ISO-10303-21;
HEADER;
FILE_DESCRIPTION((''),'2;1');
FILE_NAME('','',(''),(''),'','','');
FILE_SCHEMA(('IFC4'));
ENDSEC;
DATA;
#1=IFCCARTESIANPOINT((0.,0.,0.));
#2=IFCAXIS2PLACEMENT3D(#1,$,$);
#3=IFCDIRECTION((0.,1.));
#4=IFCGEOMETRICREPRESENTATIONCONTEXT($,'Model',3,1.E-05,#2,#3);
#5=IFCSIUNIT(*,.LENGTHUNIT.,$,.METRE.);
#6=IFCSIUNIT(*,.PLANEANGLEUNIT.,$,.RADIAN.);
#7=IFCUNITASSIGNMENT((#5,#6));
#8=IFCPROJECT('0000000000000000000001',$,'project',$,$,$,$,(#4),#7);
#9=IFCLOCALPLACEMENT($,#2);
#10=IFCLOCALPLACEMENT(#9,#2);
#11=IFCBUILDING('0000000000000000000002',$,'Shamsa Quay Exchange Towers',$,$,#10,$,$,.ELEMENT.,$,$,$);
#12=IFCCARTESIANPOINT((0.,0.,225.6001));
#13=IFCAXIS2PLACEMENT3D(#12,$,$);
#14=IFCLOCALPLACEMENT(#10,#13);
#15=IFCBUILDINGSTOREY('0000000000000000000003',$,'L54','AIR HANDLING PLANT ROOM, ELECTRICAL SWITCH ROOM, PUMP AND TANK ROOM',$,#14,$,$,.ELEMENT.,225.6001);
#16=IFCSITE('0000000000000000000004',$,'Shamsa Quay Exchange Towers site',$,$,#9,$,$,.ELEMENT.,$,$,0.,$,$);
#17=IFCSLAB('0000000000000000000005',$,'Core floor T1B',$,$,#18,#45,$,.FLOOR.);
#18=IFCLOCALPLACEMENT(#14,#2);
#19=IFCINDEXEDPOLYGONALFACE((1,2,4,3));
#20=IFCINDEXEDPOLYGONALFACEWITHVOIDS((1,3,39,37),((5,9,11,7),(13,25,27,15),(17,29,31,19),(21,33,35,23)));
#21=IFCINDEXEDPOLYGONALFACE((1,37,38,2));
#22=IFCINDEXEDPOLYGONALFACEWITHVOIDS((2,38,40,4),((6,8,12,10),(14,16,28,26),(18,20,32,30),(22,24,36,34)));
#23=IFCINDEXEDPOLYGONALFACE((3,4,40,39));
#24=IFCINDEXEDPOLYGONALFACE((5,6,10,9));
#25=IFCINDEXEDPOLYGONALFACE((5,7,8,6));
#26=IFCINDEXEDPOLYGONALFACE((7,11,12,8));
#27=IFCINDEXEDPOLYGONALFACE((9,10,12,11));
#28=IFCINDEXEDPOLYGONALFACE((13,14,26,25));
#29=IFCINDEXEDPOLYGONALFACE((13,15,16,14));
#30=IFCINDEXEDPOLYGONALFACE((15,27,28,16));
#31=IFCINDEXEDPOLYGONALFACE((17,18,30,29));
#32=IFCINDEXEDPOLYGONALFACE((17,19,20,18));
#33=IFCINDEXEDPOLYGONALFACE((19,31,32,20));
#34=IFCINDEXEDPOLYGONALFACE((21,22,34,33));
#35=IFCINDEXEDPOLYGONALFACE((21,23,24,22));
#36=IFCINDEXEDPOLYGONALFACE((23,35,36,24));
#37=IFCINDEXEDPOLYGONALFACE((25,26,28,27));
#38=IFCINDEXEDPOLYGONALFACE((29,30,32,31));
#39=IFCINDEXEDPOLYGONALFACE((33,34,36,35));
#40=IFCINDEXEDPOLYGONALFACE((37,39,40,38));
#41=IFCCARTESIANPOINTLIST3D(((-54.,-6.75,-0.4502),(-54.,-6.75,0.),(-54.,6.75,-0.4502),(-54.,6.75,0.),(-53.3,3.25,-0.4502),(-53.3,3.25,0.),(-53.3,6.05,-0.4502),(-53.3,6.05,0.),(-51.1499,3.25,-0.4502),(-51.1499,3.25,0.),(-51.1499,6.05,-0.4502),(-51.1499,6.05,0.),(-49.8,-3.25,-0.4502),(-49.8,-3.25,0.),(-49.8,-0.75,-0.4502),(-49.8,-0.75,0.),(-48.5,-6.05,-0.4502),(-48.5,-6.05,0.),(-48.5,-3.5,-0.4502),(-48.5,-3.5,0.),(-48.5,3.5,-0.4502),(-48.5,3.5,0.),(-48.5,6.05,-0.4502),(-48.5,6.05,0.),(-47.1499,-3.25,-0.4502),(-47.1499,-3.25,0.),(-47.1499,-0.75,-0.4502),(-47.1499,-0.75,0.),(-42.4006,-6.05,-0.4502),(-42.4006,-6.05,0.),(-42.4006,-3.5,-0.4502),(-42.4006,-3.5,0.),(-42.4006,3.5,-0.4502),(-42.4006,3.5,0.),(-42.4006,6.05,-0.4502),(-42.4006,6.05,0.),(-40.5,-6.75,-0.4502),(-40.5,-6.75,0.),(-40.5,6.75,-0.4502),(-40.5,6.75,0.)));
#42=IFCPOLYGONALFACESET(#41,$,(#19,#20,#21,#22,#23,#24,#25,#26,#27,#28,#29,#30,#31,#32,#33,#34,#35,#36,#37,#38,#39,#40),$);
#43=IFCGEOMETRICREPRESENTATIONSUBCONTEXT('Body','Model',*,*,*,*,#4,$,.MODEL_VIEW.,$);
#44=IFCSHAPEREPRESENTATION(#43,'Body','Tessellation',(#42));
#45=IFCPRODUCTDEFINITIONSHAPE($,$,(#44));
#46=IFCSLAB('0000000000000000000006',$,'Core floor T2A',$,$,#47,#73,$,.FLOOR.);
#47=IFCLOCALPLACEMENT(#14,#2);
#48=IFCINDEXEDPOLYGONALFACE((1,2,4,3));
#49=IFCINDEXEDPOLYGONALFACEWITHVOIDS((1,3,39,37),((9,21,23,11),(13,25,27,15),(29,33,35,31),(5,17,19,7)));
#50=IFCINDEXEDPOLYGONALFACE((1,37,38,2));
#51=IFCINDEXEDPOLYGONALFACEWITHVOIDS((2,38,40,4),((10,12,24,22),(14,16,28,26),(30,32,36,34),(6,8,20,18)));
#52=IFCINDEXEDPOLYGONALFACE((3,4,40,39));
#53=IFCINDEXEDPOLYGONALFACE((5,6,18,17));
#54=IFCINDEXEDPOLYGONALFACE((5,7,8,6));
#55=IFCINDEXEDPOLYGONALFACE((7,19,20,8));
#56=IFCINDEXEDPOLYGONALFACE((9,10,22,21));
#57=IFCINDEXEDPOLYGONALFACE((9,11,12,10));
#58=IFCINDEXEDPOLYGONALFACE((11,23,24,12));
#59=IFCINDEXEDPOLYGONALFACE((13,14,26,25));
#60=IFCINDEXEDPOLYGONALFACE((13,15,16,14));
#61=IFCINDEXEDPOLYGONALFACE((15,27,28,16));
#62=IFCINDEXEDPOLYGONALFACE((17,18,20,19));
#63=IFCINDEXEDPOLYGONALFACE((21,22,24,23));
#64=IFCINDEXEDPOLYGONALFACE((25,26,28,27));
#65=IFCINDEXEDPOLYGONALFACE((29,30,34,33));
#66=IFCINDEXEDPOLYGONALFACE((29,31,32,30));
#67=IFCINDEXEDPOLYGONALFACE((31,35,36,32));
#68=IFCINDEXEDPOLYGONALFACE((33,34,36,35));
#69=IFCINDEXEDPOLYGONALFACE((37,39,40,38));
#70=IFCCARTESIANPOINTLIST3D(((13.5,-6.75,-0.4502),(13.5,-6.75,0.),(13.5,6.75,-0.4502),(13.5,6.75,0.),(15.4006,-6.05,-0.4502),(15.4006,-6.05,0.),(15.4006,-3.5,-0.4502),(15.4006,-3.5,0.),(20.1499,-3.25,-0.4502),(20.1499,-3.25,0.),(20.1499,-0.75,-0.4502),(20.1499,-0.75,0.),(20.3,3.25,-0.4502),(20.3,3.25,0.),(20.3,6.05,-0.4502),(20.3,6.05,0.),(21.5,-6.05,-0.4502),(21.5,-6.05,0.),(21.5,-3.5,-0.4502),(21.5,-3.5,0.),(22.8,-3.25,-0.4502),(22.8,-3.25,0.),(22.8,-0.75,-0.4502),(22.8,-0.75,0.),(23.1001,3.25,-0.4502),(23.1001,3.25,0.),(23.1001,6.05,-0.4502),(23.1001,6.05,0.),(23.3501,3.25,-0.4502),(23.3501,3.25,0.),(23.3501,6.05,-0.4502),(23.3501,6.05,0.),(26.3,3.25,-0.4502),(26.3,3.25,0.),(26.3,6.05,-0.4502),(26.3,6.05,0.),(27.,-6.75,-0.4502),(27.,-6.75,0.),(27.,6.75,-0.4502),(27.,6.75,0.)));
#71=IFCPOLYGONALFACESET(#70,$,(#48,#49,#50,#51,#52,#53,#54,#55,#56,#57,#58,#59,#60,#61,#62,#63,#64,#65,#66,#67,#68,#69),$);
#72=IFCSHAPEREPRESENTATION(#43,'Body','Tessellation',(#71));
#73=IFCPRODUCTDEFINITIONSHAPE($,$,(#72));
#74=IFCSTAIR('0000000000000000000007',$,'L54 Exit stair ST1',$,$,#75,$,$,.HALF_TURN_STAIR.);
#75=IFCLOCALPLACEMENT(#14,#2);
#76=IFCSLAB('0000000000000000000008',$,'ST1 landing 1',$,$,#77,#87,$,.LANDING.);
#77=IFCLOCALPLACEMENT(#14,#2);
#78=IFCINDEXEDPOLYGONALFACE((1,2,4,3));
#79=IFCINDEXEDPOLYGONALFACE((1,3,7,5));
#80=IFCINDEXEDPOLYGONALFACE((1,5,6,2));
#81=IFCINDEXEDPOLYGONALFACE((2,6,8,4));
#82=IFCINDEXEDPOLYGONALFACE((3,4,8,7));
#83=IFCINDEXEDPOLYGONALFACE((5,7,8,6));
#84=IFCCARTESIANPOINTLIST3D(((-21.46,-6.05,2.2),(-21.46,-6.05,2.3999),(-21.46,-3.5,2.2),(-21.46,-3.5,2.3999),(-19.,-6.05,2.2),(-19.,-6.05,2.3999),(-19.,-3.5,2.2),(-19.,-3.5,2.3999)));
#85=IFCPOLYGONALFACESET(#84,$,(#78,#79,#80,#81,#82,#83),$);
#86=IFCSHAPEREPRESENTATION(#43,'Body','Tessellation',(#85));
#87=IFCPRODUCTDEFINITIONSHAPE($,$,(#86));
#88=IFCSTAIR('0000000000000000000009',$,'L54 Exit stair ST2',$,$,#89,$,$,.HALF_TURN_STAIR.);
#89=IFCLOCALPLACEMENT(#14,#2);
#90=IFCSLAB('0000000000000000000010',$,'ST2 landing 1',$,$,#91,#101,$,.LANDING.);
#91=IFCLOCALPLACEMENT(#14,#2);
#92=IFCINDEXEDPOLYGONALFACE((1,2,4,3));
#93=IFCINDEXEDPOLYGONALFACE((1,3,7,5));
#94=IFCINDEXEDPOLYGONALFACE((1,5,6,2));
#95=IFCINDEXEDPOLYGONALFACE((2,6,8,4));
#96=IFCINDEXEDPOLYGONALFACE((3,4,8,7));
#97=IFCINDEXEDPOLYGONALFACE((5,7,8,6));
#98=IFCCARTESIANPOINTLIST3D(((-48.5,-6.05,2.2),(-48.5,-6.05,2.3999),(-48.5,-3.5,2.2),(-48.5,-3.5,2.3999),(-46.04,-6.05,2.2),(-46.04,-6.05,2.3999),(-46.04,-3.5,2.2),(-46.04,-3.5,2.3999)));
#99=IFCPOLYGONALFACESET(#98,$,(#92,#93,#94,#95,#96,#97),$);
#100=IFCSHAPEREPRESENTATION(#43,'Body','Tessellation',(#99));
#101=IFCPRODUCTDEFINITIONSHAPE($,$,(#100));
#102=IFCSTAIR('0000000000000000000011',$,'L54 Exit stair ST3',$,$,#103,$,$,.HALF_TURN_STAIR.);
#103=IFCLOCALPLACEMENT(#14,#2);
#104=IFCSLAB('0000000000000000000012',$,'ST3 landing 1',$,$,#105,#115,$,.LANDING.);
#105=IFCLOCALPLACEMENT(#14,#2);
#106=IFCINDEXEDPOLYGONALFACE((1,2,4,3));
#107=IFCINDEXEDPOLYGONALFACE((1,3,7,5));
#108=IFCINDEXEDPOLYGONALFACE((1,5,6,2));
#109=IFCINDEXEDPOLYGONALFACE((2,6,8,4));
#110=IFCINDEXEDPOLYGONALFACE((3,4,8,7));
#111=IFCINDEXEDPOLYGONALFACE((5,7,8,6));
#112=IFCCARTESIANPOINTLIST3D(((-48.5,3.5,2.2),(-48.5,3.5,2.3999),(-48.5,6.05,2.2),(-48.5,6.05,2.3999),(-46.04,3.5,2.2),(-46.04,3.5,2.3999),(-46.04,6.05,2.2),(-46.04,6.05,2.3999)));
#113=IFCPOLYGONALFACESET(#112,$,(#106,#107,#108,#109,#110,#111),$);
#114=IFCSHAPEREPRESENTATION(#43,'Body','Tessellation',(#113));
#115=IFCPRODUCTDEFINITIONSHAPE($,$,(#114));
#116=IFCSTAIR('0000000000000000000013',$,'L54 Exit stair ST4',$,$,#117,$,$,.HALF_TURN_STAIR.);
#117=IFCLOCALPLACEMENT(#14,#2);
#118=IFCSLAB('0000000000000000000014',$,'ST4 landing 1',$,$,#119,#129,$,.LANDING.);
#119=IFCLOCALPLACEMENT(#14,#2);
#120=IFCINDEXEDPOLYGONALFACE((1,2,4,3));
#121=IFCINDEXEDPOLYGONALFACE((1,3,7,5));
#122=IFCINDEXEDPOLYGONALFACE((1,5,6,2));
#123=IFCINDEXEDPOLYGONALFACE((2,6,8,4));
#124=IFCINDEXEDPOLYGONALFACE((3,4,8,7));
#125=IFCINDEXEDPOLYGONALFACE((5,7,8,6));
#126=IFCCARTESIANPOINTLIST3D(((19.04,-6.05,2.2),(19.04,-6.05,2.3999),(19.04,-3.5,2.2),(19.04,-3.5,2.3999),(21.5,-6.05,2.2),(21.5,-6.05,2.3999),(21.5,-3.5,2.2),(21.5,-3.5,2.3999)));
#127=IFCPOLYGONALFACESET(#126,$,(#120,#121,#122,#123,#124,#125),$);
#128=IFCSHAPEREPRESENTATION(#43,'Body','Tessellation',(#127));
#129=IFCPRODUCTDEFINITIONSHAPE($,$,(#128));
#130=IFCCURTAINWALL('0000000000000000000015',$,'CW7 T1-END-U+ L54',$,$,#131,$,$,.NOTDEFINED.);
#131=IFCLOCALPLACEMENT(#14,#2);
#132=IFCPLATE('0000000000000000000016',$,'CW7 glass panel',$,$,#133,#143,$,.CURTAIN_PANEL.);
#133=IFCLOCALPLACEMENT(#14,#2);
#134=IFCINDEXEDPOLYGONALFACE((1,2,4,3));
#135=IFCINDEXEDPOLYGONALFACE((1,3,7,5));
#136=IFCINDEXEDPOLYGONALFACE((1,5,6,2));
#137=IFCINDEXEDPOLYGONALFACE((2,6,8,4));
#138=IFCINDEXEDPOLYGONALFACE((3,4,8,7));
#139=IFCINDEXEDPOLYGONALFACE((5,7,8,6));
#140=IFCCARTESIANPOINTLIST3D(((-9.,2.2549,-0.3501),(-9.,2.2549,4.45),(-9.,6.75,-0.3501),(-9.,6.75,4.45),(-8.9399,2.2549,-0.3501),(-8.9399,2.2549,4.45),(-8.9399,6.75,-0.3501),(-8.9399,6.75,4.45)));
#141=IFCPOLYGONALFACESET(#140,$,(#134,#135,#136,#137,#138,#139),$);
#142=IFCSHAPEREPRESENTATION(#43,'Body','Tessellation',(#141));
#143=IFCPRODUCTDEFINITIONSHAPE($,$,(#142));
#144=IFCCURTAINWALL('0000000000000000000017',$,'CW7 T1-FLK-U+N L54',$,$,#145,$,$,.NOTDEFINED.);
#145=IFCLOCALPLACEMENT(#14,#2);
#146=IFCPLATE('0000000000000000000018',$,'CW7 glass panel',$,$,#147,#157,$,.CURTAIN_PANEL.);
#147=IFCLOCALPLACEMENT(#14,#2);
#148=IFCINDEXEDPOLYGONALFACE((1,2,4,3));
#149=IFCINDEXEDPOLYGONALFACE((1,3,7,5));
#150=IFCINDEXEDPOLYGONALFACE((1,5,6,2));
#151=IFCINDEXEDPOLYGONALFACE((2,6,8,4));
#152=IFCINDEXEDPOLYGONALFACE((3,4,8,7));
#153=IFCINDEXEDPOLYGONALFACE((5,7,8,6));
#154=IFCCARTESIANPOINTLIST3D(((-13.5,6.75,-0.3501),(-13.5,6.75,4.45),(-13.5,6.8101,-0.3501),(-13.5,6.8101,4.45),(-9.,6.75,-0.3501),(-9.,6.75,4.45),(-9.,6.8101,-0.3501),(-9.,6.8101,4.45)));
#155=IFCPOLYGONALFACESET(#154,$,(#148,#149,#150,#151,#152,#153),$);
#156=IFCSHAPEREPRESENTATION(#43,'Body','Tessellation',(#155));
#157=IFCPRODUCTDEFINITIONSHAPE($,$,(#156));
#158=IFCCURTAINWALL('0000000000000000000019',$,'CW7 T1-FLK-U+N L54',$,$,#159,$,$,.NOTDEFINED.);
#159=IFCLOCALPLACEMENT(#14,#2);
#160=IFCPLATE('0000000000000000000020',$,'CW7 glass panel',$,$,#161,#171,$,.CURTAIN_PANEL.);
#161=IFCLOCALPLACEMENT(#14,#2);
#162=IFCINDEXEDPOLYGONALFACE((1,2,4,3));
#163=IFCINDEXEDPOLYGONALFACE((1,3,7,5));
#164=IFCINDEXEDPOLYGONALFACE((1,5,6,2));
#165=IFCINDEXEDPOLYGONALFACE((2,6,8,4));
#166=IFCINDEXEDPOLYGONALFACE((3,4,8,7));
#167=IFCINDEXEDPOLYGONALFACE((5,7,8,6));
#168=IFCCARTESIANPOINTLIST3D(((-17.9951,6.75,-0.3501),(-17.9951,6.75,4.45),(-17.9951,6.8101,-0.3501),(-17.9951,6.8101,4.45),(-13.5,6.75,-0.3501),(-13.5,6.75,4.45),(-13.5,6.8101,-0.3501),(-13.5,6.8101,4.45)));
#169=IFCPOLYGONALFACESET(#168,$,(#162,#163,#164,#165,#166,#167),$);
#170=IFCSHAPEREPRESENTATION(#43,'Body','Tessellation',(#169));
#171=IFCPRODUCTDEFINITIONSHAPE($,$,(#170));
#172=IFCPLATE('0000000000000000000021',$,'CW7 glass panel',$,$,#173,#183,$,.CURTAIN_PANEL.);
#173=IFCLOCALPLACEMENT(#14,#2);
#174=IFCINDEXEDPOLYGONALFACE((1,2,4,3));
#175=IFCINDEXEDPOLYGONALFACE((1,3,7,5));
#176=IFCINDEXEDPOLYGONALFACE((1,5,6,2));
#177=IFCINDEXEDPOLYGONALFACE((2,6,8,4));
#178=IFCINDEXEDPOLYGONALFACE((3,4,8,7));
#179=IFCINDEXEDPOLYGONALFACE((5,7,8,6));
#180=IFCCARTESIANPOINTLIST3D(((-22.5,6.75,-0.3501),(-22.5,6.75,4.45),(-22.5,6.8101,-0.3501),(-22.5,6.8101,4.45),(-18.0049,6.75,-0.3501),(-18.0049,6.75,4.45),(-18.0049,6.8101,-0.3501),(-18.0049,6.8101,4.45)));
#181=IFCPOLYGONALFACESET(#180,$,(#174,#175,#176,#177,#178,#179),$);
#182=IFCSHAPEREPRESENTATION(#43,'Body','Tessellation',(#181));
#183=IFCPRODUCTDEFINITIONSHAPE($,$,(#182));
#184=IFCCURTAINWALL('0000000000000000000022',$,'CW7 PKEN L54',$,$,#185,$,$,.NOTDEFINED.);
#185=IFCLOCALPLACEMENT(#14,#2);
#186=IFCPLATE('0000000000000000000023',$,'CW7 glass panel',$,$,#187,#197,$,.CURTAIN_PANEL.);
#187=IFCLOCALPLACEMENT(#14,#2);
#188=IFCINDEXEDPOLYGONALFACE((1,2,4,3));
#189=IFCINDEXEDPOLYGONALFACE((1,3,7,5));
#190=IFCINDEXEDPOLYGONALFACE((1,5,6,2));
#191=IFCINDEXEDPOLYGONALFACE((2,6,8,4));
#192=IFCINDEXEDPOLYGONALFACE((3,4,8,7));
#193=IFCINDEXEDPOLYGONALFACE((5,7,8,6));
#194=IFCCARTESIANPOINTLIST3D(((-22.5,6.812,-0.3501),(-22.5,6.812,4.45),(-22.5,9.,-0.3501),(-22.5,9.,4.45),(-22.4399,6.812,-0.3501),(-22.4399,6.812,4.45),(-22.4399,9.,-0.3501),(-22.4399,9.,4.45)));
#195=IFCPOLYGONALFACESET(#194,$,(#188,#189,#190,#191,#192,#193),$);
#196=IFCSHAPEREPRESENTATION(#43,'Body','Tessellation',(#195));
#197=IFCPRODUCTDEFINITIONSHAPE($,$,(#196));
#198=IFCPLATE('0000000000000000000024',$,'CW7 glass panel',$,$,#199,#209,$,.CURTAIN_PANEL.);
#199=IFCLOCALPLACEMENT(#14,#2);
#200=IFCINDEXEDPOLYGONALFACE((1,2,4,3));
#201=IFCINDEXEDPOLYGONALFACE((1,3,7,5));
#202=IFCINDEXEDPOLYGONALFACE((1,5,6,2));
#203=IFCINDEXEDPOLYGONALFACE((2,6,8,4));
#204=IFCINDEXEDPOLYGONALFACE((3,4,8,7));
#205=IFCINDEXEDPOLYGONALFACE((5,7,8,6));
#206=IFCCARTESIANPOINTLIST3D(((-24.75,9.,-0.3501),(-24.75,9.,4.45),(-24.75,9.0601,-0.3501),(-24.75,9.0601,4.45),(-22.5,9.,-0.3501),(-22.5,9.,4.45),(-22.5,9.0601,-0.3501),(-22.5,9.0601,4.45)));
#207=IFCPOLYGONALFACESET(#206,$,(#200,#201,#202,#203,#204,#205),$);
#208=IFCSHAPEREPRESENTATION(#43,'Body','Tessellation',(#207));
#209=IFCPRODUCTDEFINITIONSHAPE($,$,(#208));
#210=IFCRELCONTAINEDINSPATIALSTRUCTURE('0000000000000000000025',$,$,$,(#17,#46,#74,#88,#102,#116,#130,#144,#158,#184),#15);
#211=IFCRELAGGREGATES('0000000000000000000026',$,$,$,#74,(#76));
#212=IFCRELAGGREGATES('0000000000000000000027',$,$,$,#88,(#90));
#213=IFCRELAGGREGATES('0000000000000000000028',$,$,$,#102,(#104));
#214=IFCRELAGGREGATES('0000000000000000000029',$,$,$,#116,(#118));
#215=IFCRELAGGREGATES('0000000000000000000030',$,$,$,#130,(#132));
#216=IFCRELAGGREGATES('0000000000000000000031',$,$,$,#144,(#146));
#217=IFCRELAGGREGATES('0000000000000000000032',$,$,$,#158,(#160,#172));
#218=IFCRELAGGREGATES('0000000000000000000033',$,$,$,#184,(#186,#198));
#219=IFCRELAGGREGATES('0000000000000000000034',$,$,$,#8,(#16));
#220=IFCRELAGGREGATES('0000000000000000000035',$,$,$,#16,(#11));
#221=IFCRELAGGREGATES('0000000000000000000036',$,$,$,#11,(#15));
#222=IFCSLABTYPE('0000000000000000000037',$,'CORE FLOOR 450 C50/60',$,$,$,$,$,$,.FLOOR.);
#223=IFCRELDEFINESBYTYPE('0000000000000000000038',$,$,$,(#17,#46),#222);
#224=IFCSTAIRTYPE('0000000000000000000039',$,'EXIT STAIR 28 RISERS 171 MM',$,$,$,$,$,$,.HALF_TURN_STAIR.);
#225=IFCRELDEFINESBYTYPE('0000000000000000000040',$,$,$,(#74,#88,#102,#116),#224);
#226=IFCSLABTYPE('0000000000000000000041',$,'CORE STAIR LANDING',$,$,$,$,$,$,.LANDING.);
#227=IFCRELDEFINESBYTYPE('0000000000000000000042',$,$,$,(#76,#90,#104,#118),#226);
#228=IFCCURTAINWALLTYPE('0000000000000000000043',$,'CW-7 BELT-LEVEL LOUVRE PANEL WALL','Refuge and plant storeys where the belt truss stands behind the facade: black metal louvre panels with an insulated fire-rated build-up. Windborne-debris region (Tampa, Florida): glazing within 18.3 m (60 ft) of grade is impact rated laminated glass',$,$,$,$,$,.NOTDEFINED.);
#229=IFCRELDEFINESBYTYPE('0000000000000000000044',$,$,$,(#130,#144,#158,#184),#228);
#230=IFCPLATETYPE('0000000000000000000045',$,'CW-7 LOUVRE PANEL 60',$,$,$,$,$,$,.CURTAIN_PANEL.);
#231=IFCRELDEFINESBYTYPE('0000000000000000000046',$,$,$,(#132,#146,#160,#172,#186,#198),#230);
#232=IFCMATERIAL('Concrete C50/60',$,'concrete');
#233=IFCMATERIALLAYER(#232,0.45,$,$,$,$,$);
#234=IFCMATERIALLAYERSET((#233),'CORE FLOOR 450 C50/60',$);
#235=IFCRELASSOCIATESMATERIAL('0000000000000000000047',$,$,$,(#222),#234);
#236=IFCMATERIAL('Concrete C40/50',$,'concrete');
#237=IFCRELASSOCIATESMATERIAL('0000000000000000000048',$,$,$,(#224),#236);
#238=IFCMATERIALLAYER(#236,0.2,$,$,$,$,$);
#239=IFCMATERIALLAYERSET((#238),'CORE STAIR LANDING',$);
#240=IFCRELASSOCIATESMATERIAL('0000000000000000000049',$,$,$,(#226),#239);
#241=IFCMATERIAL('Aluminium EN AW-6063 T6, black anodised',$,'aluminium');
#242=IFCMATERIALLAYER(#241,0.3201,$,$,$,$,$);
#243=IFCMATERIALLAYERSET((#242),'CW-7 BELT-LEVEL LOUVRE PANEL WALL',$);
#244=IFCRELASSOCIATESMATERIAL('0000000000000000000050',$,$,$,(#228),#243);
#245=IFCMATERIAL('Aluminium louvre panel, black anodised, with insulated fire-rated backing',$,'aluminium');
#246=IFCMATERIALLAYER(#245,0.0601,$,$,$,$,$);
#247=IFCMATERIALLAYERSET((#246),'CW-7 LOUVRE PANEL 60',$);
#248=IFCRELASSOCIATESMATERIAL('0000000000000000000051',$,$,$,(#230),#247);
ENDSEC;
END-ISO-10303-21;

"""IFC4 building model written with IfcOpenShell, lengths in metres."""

from ifc_helpers import new_model, si_unit, direction, frame, origin, origin_2d, place, context, subcontext, project, spatial, polyline, rectangle, outline, extrude, material, layer, layer_set, type_object, element, aggregate, save


model = new_model("IFC4")

# Units and contexts
model_context = context("Model", 3, precision=1e-05, world=origin(), true_north=direction((0.0, 1.0)))
body_context = subcontext(model_context, "Body", "Model", "MODEL_VIEW")
ifc_project = project(units=[si_unit("LENGTHUNIT", "METRE"), si_unit("PLANEANGLEUNIT", "RADIAN")], contexts=[model_context])

# Site, building, storey
site_placement = place(None, origin())
site = spatial("IfcSite", under=ifc_project, at=site_placement, Name="Shamsa Quay Exchange Towers site", CompositionType="ELEMENT", RefElevation=0.0)
building_placement = place(site_placement, origin())
building = spatial("IfcBuilding", under=site, at=building_placement, Name="Shamsa Quay Exchange Towers", CompositionType="ELEMENT")
storey_placement = place(building_placement, frame((0.0, 0.0, 225.6001)))
storey = spatial("IfcBuildingStorey", under=building, at=storey_placement, Name="L54", Description="AIR HANDLING PLANT ROOM, ELECTRICAL SWITCH ROOM, PUMP AND TANK ROOM", CompositionType="ELEMENT", Elevation=225.6001)

# Slabs
ifc_material_1 = material(Name="Concrete C50/60", Category="concrete")
ifc_layer_1 = layer(ifc_material_1, 0.45)
ifc_layer_set_1 = layer_set([ifc_layer_1], Name="CORE FLOOR 450 C50/60")
slab_type_1 = type_object("IfcSlabType", Name="CORE FLOOR 450 C50/60", PredefinedType="FLOOR", material=ifc_layer_set_1)
slab_1_placement = place(storey_placement, frame((0.0, 0.0, -0.4502)))
element("IfcSlab", 1, at=slab_1_placement, inside=storey, type_object=slab_type_1, Name="Core floor T1B", PredefinedType="FLOOR", context=body_context, shape_type="SweptSolid", body=[
    extrude(outline(polyline([(-40.5, -6.75), (-40.5, 6.75), (-54.0, 6.75), (-54.0, -6.75), (-40.5, -6.75)]), holes=[polyline([(-42.4006, -3.5), (-42.4006, -6.05), (-48.5, -6.05), (-48.5, -3.5), (-42.4006, -3.5)]), polyline([(-42.4006, 6.05), (-42.4006, 3.5), (-48.5, 3.5), (-48.5, 6.05), (-42.4006, 6.05)]), polyline([(-51.1499, 3.25), (-53.3, 3.25), (-53.3, 6.05), (-51.1499, 6.05), (-51.1499, 3.25)]), polyline([(-47.1499, -3.25), (-49.8, -3.25), (-49.8, -0.75), (-47.1499, -0.75), (-47.1499, -3.25)])]), origin(), (0.0, 0.0, 1.0), 0.4502),
])
slab_2_placement = place(storey_placement, frame((0.0, 0.0, -0.4502)))
element("IfcSlab", 2, at=slab_2_placement, inside=storey, type_object=slab_type_1, Name="Core floor T2A", PredefinedType="FLOOR", context=body_context, shape_type="SweptSolid", body=[
    extrude(outline(polyline([(13.5, -6.75), (27.0, -6.75), (27.0, 6.75), (13.5, 6.75), (13.5, -6.75)]), holes=[polyline([(15.4006, -6.05), (15.4006, -3.5), (21.5, -3.5), (21.5, -6.05), (15.4006, -6.05)]), polyline([(20.3, 3.25), (20.3, 6.05), (23.1001, 6.05), (23.1001, 3.25), (20.3, 3.25)]), polyline([(23.3501, 3.25), (23.3501, 6.05), (26.3, 6.05), (26.3, 3.25), (23.3501, 3.25)]), polyline([(20.1499, -3.25), (20.1499, -0.75), (22.8, -0.75), (22.8, -3.25), (20.1499, -3.25)])]), origin(), (0.0, 0.0, 1.0), 0.4502),
])

# Stairs, slabs
ifc_material_2 = material(Name="Concrete C40/50", Category="concrete")
stair_type = type_object("IfcStairType", Name="EXIT STAIR 28 RISERS 171 MM", PredefinedType="HALF_TURN_STAIR", material=ifc_material_2)
stair_1_placement = place(storey_placement, origin())
stair_1 = element("IfcStair", 3, at=stair_1_placement, inside=storey, type_object=stair_type, Name="L54 Exit stair ST1", PredefinedType="HALF_TURN_STAIR")
ifc_layer_2 = layer(ifc_material_2, 0.2)
ifc_layer_set_2 = layer_set([ifc_layer_2], Name="CORE STAIR LANDING")
slab_type_2 = type_object("IfcSlabType", Name="CORE STAIR LANDING", PredefinedType="LANDING", material=ifc_layer_set_2)
slab_3_placement = place(storey_placement, frame((0.0, 0.0, 2.2)))
slab_3 = element("IfcSlab", 4, at=slab_3_placement, type_object=slab_type_2, Name="ST1 landing 1", PredefinedType="LANDING", context=body_context, shape_type="SweptSolid", body=[
    extrude(outline(polyline([(-21.46, -6.05), (-19.0, -6.05), (-19.0, -3.5), (-21.46, -3.5), (-21.46, -6.05)])), origin(), (0.0, 0.0, 1.0), 0.2),
])
aggregate(stair_1, [slab_3])
stair_2_placement = place(storey_placement, origin())
stair_2 = element("IfcStair", 5, at=stair_2_placement, inside=storey, type_object=stair_type, Name="L54 Exit stair ST2", PredefinedType="HALF_TURN_STAIR")
slab_4_placement = place(storey_placement, frame((0.0, 0.0, 2.2)))
slab_4 = element("IfcSlab", 6, at=slab_4_placement, type_object=slab_type_2, Name="ST2 landing 1", PredefinedType="LANDING", context=body_context, shape_type="SweptSolid", body=[
    extrude(outline(polyline([(-46.04, -3.5), (-48.5, -3.5), (-48.5, -6.05), (-46.04, -6.05), (-46.04, -3.5)])), origin(), (0.0, 0.0, 1.0), 0.2),
])
aggregate(stair_2, [slab_4])
stair_3_placement = place(storey_placement, origin())
stair_3 = element("IfcStair", 7, at=stair_3_placement, inside=storey, type_object=stair_type, Name="L54 Exit stair ST3", PredefinedType="HALF_TURN_STAIR")
slab_5_placement = place(storey_placement, frame((0.0, 0.0, 2.2)))
slab_5 = element("IfcSlab", 8, at=slab_5_placement, type_object=slab_type_2, Name="ST3 landing 1", PredefinedType="LANDING", context=body_context, shape_type="SweptSolid", body=[
    extrude(outline(polyline([(-46.04, 6.05), (-48.5, 6.05), (-48.5, 3.5), (-46.04, 3.5), (-46.04, 6.05)])), origin(), (0.0, 0.0, 1.0), 0.2),
])
aggregate(stair_3, [slab_5])
stair_4_placement = place(storey_placement, origin())
stair_4 = element("IfcStair", 9, at=stair_4_placement, inside=storey, type_object=stair_type, Name="L54 Exit stair ST4", PredefinedType="HALF_TURN_STAIR")
slab_6_placement = place(storey_placement, frame((0.0, 0.0, 2.2)))
slab_6 = element("IfcSlab", 10, at=slab_6_placement, type_object=slab_type_2, Name="ST4 landing 1", PredefinedType="LANDING", context=body_context, shape_type="SweptSolid", body=[
    extrude(outline(polyline([(19.04, -6.05), (21.5, -6.05), (21.5, -3.5), (19.04, -3.5), (19.04, -6.05)])), origin(), (0.0, 0.0, 1.0), 0.2),
])
aggregate(stair_4, [slab_6])

# Curtain walls, plates
ifc_material_3 = material(Name="Aluminium EN AW-6063 T6, black anodised", Category="aluminium")
ifc_layer_3 = layer(ifc_material_3, 0.3201)
ifc_layer_set_3 = layer_set([ifc_layer_3], Name="CW-7 BELT-LEVEL LOUVRE PANEL WALL")
curtain_wall_type = type_object("IfcCurtainWallType", Name="CW-7 BELT-LEVEL LOUVRE PANEL WALL", Description="Refuge and plant storeys where the belt truss stands behind the facade: black metal louvre panels with an insulated fire-rated build-up. Windborne-debris region (Tampa, Florida): glazing within 18.3 m (60 ft) of grade is impact rated laminated glass", PredefinedType="NOTDEFINED", material=ifc_layer_set_3)
curtain_wall_1_placement = place(storey_placement, origin())
curtain_wall_1 = element("IfcCurtainWall", 11, at=curtain_wall_1_placement, inside=storey, type_object=curtain_wall_type, Name="CW7 T1-END-U+ L54", PredefinedType="NOTDEFINED")
ifc_material_4 = material(Name="Aluminium louvre panel, black anodised, with insulated fire-rated backing", Category="aluminium")
ifc_layer_4 = layer(ifc_material_4, 0.0601)
ifc_layer_set_4 = layer_set([ifc_layer_4], Name="CW-7 LOUVRE PANEL 60")
plate_type = type_object("IfcPlateType", Name="CW-7 LOUVRE PANEL 60", PredefinedType="CURTAIN_PANEL", material=ifc_layer_set_4)
plate_1_placement = place(storey_placement, frame((-8.97, 4.5024, -0.3501), z_axis=(0.0, 0.0, 1.0), x_axis=(0.0, 1.0, 0.0)))
plate_1 = element("IfcPlate", 12, at=plate_1_placement, type_object=plate_type, Name="CW7 glass panel", PredefinedType="CURTAIN_PANEL", context=body_context, shape_type="SweptSolid", body=[
    extrude(rectangle(XDim=4.4951, YDim=0.0601, at=origin_2d()), origin(), (0.0, 0.0, 1.0), 4.8),
])
aggregate(curtain_wall_1, [plate_1])
curtain_wall_2_placement = place(storey_placement, origin())
curtain_wall_2 = element("IfcCurtainWall", 13, at=curtain_wall_2_placement, inside=storey, type_object=curtain_wall_type, Name="CW7 T1-FLK-U+N L54", PredefinedType="NOTDEFINED")
plate_2_placement = place(storey_placement, frame((-11.25, 6.78, -0.3501), z_axis=(0.0, 0.0, 1.0), x_axis=(-1.0, 0.0, 0.0)))
plate_2 = element("IfcPlate", 14, at=plate_2_placement, type_object=plate_type, Name="CW7 glass panel", PredefinedType="CURTAIN_PANEL", context=body_context, shape_type="SweptSolid", body=[
    extrude(rectangle(XDim=4.5, YDim=0.0601, at=origin_2d()), origin(), (0.0, 0.0, 1.0), 4.8),
])
aggregate(curtain_wall_2, [plate_2])

# Curtain walls, plates
curtain_wall_3_placement = place(storey_placement, origin())
curtain_wall_3 = element("IfcCurtainWall", 15, at=curtain_wall_3_placement, inside=storey, type_object=curtain_wall_type, Name="CW7 T1-FLK-U+N L54", PredefinedType="NOTDEFINED")
plate_3_placement = place(storey_placement, frame((-15.7476, 6.78, -0.3501), z_axis=(0.0, 0.0, 1.0), x_axis=(-1.0, 0.0, 0.0)))
plate_3 = element("IfcPlate", 16, at=plate_3_placement, type_object=plate_type, Name="CW7 glass panel", PredefinedType="CURTAIN_PANEL", context=body_context, shape_type="SweptSolid", body=[
    extrude(rectangle(XDim=4.4951, YDim=0.0601, at=origin_2d()), origin(), (0.0, 0.0, 1.0), 4.8),
])
plate_4_placement = place(storey_placement, frame((-20.2524, 6.78, -0.3501), z_axis=(0.0, 0.0, 1.0), x_axis=(-1.0, 0.0, 0.0)))
plate_4 = element("IfcPlate", 17, at=plate_4_placement, type_object=plate_type, Name="CW7 glass panel", PredefinedType="CURTAIN_PANEL", context=body_context, shape_type="SweptSolid", body=[
    extrude(rectangle(XDim=4.4951, YDim=0.0601, at=origin_2d()), origin(), (0.0, 0.0, 1.0), 4.8),
])
aggregate(curtain_wall_3, [plate_3, plate_4])
curtain_wall_4_placement = place(storey_placement, origin())
curtain_wall_4 = element("IfcCurtainWall", 18, at=curtain_wall_4_placement, inside=storey, type_object=curtain_wall_type, Name="CW7 PKEN L54", PredefinedType="NOTDEFINED")
plate_5_placement = place(storey_placement, frame((-22.47, 7.906, -0.3501), z_axis=(0.0, 0.0, 1.0), x_axis=(0.0, 1.0, 0.0)))
plate_5 = element("IfcPlate", 19, at=plate_5_placement, type_object=plate_type, Name="CW7 glass panel", PredefinedType="CURTAIN_PANEL", context=body_context, shape_type="SweptSolid", body=[
    extrude(rectangle(XDim=2.188, YDim=0.0601, at=origin_2d()), origin(), (0.0, 0.0, 1.0), 4.8),
])
plate_6_placement = place(storey_placement, frame((-23.625, 9.03, -0.3501), z_axis=(0.0, 0.0, 1.0), x_axis=(-1.0, 0.0, 0.0)))
plate_6 = element("IfcPlate", 20, at=plate_6_placement, type_object=plate_type, Name="CW7 glass panel", PredefinedType="CURTAIN_PANEL", context=body_context, shape_type="SweptSolid", body=[
    extrude(rectangle(XDim=2.25, YDim=0.0601, at=origin_2d()), origin(), (0.0, 0.0, 1.0), 4.8),
])
aggregate(curtain_wall_4, [plate_5, plate_6])

save(model, "model.ifc")
